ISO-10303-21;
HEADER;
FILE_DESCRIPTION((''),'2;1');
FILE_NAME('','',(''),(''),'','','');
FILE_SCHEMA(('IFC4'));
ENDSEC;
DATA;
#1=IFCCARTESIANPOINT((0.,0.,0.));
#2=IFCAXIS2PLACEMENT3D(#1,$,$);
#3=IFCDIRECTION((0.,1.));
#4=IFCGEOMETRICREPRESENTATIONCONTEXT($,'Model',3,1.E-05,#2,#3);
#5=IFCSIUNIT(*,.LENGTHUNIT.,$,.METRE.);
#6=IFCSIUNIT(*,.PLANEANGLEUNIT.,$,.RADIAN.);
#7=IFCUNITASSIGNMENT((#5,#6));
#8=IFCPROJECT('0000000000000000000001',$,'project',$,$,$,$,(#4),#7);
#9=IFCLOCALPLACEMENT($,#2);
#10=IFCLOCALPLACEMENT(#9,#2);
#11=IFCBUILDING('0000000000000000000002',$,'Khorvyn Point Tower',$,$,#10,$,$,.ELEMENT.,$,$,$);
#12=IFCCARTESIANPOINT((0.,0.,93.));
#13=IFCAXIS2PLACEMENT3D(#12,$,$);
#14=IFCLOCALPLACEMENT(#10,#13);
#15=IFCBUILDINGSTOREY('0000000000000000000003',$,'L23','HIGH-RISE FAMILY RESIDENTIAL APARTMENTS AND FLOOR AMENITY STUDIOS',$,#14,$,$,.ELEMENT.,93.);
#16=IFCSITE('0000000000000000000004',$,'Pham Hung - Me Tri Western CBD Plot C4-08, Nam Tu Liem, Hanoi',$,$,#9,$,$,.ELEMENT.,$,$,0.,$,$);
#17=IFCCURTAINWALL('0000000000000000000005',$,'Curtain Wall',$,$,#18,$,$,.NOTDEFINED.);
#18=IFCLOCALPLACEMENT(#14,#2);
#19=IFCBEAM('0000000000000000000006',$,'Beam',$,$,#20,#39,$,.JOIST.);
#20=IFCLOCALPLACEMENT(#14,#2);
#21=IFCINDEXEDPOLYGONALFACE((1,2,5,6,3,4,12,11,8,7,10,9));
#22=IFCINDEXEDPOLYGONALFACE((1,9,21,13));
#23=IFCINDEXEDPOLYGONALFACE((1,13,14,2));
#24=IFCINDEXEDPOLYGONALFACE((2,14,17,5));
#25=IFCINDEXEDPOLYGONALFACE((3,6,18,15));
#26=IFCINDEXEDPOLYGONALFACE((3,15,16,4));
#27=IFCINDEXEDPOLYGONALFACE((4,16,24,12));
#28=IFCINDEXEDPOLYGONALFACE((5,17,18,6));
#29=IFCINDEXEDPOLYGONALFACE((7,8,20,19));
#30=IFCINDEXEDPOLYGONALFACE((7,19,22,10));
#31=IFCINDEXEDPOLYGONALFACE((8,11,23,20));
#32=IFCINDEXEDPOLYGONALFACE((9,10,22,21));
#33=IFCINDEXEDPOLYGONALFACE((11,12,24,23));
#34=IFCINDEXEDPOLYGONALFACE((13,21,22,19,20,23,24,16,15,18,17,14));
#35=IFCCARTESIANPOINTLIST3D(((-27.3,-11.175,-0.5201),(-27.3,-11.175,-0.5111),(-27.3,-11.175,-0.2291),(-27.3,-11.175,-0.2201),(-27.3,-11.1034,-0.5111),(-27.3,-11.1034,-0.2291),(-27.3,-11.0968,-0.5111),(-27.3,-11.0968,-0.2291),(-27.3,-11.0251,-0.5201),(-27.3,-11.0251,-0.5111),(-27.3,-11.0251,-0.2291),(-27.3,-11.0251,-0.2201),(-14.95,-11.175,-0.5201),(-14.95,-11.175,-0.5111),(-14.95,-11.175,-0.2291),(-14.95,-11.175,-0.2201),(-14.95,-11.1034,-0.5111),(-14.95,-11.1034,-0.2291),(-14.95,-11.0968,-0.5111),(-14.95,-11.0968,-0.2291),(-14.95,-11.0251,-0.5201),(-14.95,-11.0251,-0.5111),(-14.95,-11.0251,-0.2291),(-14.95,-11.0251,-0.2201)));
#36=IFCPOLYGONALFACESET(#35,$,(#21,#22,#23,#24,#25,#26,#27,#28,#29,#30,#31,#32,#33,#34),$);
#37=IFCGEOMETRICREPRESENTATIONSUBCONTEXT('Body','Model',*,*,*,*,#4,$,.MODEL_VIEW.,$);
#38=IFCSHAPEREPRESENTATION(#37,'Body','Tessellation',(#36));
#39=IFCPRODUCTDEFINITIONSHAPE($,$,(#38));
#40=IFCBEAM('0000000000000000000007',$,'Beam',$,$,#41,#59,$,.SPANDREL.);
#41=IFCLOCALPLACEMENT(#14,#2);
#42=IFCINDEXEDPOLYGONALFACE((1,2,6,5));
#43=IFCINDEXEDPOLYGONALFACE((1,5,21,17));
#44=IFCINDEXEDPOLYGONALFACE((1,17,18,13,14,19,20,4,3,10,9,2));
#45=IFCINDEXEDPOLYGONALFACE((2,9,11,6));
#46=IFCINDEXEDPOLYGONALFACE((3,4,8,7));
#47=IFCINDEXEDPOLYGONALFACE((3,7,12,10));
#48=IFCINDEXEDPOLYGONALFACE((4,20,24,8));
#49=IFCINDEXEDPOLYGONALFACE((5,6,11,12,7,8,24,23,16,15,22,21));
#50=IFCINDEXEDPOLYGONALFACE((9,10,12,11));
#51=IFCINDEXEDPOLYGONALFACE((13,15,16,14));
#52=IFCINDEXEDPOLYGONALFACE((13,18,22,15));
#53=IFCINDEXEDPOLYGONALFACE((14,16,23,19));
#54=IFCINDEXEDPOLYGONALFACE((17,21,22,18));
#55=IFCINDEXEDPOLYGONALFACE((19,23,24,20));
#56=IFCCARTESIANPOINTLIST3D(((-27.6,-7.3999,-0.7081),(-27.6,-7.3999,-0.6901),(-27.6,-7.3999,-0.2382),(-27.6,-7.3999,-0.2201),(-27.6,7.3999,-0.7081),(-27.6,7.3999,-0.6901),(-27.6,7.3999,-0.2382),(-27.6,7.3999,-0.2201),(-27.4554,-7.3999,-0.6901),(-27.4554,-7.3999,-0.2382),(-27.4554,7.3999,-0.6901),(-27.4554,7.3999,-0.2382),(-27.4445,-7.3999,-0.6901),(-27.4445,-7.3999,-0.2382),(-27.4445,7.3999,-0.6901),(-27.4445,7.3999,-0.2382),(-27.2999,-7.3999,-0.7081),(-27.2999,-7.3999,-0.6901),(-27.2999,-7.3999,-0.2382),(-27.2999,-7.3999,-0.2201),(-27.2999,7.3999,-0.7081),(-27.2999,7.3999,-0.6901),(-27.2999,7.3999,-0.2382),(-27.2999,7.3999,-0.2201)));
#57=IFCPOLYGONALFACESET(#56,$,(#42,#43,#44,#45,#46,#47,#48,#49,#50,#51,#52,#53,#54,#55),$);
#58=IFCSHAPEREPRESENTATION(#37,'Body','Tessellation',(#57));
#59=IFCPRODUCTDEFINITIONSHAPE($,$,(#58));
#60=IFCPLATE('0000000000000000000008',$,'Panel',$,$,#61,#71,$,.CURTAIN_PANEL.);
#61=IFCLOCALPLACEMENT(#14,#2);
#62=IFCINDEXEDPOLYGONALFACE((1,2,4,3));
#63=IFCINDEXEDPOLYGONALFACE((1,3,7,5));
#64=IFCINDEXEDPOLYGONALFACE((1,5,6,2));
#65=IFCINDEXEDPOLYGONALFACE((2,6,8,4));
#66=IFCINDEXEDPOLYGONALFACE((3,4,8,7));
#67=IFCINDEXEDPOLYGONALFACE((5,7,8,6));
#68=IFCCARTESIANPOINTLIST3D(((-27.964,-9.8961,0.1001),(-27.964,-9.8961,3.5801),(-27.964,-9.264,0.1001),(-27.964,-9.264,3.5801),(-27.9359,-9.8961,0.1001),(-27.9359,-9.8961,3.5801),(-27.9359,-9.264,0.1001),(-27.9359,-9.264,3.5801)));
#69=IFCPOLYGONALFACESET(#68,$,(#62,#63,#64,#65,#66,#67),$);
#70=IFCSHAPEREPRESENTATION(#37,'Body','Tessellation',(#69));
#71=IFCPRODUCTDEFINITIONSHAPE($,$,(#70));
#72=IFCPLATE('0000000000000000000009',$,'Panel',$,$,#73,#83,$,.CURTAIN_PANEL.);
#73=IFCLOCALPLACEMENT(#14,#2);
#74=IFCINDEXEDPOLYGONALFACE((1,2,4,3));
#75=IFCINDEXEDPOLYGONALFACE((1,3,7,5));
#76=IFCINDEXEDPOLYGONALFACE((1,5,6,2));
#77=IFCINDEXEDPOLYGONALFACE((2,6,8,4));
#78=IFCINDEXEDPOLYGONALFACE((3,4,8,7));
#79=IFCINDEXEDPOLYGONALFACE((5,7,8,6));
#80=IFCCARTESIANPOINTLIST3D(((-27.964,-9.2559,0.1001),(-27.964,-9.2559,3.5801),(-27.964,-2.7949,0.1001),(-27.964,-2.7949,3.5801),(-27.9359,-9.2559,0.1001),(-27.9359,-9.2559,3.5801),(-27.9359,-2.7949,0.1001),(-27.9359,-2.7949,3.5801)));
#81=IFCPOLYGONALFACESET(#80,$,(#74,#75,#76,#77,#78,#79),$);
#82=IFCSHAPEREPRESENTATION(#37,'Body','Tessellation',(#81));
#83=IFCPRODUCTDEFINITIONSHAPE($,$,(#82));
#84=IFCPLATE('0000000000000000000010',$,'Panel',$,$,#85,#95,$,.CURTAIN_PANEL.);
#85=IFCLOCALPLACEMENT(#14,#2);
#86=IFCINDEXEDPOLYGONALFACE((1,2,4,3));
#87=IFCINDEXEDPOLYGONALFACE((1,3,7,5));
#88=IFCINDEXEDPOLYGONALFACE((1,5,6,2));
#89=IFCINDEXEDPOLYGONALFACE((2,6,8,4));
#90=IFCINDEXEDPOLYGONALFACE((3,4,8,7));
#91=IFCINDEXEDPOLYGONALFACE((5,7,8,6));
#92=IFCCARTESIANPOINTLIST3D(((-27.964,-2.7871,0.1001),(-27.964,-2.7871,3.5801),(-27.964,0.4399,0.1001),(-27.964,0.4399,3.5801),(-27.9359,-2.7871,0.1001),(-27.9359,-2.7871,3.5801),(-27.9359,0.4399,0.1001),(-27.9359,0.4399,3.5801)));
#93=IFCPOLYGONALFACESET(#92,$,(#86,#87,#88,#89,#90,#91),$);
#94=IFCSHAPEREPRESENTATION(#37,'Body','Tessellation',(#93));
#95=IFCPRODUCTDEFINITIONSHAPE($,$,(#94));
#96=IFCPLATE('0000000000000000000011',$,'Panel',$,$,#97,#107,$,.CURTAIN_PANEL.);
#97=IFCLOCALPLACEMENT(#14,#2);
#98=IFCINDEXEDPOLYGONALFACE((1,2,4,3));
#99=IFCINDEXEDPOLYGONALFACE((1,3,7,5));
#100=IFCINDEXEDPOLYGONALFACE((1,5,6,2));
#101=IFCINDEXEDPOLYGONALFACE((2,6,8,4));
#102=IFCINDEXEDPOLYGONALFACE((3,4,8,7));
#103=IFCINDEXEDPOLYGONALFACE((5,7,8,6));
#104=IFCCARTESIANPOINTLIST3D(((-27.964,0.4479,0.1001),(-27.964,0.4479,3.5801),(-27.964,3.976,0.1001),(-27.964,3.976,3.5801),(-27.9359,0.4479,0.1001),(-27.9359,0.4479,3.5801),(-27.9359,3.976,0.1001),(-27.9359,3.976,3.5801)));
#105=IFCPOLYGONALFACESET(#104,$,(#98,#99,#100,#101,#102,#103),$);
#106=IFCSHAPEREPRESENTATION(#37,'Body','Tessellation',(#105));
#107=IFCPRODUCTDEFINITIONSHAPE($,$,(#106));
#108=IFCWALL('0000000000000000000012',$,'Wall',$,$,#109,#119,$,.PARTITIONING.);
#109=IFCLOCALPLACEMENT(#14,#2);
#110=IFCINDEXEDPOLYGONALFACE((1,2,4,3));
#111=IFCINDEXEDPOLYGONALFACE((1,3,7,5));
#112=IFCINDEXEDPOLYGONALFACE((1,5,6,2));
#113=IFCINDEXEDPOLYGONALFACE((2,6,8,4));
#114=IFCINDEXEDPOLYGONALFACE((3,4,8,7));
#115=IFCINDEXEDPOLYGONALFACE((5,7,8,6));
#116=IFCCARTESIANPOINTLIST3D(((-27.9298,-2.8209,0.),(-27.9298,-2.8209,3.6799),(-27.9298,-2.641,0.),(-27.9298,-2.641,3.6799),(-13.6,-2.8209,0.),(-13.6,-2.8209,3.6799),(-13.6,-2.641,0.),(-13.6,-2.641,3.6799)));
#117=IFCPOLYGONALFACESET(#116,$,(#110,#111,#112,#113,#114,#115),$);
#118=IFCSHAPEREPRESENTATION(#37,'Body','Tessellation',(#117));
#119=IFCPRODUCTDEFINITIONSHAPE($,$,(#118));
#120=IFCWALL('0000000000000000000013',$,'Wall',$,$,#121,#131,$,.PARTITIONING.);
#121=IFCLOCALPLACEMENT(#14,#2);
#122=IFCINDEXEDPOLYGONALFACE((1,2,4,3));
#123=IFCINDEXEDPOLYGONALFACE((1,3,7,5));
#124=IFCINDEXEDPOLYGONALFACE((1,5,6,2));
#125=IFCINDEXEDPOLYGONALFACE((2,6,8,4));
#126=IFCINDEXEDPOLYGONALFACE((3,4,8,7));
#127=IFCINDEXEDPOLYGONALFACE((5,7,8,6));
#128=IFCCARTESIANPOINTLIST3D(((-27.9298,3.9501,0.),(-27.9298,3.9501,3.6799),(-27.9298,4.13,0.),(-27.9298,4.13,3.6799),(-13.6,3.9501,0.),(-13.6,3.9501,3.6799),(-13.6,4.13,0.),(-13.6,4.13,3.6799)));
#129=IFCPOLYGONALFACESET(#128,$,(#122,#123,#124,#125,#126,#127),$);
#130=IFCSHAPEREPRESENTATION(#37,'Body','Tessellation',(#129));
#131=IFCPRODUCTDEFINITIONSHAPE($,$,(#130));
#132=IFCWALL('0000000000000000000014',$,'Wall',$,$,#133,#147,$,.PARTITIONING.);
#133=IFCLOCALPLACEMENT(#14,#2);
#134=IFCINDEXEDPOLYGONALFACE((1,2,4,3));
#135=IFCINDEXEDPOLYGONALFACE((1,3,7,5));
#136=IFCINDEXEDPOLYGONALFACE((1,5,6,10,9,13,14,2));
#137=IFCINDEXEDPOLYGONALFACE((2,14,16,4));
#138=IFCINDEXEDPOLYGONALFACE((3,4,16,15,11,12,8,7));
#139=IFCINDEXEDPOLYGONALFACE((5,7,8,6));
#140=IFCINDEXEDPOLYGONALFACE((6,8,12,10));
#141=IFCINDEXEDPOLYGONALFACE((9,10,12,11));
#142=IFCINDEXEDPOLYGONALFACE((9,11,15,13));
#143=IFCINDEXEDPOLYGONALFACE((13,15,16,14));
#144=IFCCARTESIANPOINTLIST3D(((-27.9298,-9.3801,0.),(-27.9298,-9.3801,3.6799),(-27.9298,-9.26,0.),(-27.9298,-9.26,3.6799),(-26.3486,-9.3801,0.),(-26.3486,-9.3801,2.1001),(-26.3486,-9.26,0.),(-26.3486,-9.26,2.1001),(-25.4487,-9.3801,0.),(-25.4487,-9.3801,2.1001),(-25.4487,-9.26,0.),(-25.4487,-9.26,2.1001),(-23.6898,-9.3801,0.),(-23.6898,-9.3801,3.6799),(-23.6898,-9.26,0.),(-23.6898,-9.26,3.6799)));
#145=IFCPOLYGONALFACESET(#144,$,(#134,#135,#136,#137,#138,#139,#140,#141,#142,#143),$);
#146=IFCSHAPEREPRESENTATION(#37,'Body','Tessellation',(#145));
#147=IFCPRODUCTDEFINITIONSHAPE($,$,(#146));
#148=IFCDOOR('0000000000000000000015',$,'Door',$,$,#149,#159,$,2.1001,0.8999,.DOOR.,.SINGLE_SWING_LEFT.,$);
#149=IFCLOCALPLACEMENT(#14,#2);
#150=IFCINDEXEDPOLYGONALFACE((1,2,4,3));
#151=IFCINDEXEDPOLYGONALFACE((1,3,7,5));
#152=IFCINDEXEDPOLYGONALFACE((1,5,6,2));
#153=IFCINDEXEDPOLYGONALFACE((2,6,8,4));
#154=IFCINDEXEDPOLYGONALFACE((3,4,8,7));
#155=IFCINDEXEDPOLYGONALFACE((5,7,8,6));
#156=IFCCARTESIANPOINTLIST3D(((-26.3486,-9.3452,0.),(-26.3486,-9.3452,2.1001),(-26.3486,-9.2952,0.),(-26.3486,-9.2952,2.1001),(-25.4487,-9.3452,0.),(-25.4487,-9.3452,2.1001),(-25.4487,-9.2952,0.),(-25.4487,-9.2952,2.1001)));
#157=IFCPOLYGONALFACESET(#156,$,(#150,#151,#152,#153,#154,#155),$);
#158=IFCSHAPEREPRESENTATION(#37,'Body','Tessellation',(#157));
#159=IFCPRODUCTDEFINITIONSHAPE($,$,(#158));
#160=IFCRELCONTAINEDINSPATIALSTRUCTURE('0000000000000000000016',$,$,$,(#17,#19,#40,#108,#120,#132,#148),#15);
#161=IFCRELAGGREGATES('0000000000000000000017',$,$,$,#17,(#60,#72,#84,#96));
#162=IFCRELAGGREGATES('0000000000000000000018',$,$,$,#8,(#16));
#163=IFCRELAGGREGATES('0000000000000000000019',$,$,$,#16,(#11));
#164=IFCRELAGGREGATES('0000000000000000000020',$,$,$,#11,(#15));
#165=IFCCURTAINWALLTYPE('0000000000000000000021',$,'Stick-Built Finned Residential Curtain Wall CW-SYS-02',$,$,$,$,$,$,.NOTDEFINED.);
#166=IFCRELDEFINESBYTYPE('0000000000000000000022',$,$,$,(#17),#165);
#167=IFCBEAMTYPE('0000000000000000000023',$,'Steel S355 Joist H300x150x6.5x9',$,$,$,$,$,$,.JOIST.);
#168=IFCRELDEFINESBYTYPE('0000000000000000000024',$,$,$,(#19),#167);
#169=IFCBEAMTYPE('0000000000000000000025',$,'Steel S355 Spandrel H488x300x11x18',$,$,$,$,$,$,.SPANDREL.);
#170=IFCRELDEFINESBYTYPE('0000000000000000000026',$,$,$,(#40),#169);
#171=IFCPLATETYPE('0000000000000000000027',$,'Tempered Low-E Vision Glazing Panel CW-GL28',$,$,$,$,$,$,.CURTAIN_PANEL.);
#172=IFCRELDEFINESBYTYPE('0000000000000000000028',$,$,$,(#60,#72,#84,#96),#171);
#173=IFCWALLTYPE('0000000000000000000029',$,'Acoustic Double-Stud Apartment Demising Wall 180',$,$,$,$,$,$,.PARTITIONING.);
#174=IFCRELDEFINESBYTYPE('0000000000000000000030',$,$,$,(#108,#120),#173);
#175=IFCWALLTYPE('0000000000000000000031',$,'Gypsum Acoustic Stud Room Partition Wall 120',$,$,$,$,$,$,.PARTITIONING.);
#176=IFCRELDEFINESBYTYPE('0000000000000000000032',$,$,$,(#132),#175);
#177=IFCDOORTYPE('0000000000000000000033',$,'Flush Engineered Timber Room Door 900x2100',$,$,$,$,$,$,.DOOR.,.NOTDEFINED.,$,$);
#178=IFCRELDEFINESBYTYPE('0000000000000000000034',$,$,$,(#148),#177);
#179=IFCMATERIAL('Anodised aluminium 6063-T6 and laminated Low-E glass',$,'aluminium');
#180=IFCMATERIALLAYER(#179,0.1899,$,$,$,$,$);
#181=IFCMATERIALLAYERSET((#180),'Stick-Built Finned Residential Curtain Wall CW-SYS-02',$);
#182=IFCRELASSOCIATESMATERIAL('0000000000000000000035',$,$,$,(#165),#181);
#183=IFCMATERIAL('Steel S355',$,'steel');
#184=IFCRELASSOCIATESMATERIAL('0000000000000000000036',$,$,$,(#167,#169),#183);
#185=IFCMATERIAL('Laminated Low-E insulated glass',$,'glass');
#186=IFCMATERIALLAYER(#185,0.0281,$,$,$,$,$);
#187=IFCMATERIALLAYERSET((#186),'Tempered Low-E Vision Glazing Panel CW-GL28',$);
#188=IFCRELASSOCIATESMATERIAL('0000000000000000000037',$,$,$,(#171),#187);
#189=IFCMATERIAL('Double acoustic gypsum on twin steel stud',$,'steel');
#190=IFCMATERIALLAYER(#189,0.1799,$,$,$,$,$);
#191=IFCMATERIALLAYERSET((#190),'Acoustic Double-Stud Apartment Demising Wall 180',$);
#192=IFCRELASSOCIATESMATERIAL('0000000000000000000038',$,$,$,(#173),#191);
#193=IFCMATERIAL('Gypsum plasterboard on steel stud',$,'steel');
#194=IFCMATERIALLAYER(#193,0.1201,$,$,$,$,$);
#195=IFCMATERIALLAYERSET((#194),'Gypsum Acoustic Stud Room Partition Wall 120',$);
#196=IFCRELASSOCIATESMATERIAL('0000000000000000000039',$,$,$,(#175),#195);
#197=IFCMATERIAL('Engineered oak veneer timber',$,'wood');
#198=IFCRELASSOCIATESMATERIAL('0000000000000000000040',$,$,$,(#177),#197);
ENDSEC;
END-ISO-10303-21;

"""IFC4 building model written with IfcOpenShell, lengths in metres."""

from ifc_helpers import new_model, si_unit, direction, frame, frame_2d, origin, origin_2d, place, context, subcontext, project, spatial, rectangle, i_section, extrude, material, layer, layer_set, material_profile, profile_set, type_object, element, fill, aggregate, save


model = new_model("IFC4")

# Units and contexts
model_context = context("Model", 3, precision=1e-05, world=origin(), true_north=direction((0.0, 1.0)))
body_context = subcontext(model_context, "Body", "Model", "MODEL_VIEW")
ifc_project = project(units=[si_unit("LENGTHUNIT", "METRE"), si_unit("PLANEANGLEUNIT", "RADIAN")], contexts=[model_context])

# Site, building, storey
site_placement = place(None, origin())
site = spatial("IfcSite", under=ifc_project, at=site_placement, Name="Pham Hung - Me Tri Western CBD Plot C4-08, Nam Tu Liem, Hanoi", CompositionType="ELEMENT", RefElevation=0.0)
building_placement = place(site_placement, origin())
building = spatial("IfcBuilding", under=site, at=building_placement, Name="Khorvyn Point Tower", CompositionType="ELEMENT")
storey_placement = place(building_placement, frame((0.0, 0.0, 93.0)))
storey = spatial("IfcBuildingStorey", under=building, at=storey_placement, Name="L23", Description="HIGH-RISE FAMILY RESIDENTIAL APARTMENTS AND FLOOR AMENITY STUDIOS", CompositionType="ELEMENT", Elevation=93.0)

# Shared definitions
ifc_material_1 = material(Name="Anodised aluminium 6063-T6 and laminated Low-E glass", Category="aluminium")
ifc_layer_1 = layer(ifc_material_1, 0.1899)
ifc_layer_set_1 = layer_set([ifc_layer_1], Name="Stick-Built Finned Residential Curtain Wall CW-SYS-02")
curtain_wall_type = type_object("IfcCurtainWallType", Name="Stick-Built Finned Residential Curtain Wall CW-SYS-02", PredefinedType="NOTDEFINED", material=ifc_layer_set_1)

# Curtain wall
curtain_wall_1_placement = place(storey_placement, origin())
curtain_wall_1 = element("IfcCurtainWall", 1, at=curtain_wall_1_placement, inside=storey, type_object=curtain_wall_type, Name="Curtain Wall", PredefinedType="NOTDEFINED")

# Beams
ifc_material_2 = material(Name="Steel S355", Category="steel")
ifc_material_profile_1 = material_profile(ifc_material_2, i_section(OverallWidth=0.1499, OverallDepth=0.3, WebThickness=0.0066, FlangeThickness=0.009, at=origin_2d()))
ifc_profile_set_1 = profile_set([ifc_material_profile_1], Name="Steel S355 H300x150x6.5x9")
beam_type_1 = type_object("IfcBeamType", Name="Steel S355 Joist H300x150x6.5x9", PredefinedType="JOIST", material=ifc_profile_set_1)
beam_1_placement = place(storey_placement, frame((-27.3, -11.1001, -0.3701), z_axis=(1.0, 0.0, 0.0), x_axis=(0.0, 1.0, 0.0)))
element("IfcBeam", 2, at=beam_1_placement, inside=storey, type_object=beam_type_1, Name="Beam", PredefinedType="JOIST", context=body_context, shape_type="SweptSolid", body=[
    extrude(i_section(OverallWidth=0.1499, OverallDepth=0.3, WebThickness=0.0066, FlangeThickness=0.009, at=origin_2d()), origin(), (0.0, 0.0, 1.0), 12.3501),
])
ifc_material_profile_2 = material_profile(ifc_material_2, i_section(OverallWidth=0.3, OverallDepth=0.488, WebThickness=0.011, FlangeThickness=0.0181, at=origin_2d()))
ifc_profile_set_2 = profile_set([ifc_material_profile_2], Name="Steel S355 H488x300x11x18")
beam_type_2 = type_object("IfcBeamType", Name="Steel S355 Spandrel H488x300x11x18", PredefinedType="SPANDREL", material=ifc_profile_set_2)
beam_2_placement = place(storey_placement, frame((-27.45, -7.3999, -0.4641), z_axis=(0.0, 1.0, 0.0), x_axis=(-1.0, 0.0, 0.0)))
element("IfcBeam", 3, at=beam_2_placement, inside=storey, type_object=beam_type_2, Name="Beam", PredefinedType="SPANDREL", context=body_context, shape_type="SweptSolid", body=[
    extrude(i_section(OverallWidth=0.3, OverallDepth=0.488, WebThickness=0.011, FlangeThickness=0.0181, at=origin_2d()), origin(), (0.0, 0.0, 1.0), 14.7998),
])

# Plates
ifc_material_3 = material(Name="Laminated Low-E insulated glass", Category="glass")
ifc_layer_2 = layer(ifc_material_3, 0.0281)
ifc_layer_set_2 = layer_set([ifc_layer_2], Name="Tempered Low-E Vision Glazing Panel CW-GL28")
plate_type = type_object("IfcPlateType", Name="Tempered Low-E Vision Glazing Panel CW-GL28", PredefinedType="CURTAIN_PANEL", material=ifc_layer_set_2)
plate_1_placement = place(storey_placement, frame((-27.95, -9.5801, 0.1001), z_axis=(0.0, 0.0, 1.0), x_axis=(0.0, 1.0, 0.0)))
plate_1 = element("IfcPlate", 4, at=plate_1_placement, type_object=plate_type, Name="Panel", PredefinedType="CURTAIN_PANEL", context=body_context, shape_type="SweptSolid", body=[
    extrude(rectangle(XDim=0.6321, YDim=0.0281, at=origin_2d()), origin(), (0.0, 0.0, 1.0), 3.48),
])
plate_2_placement = place(storey_placement, frame((-27.95, -6.0254, 0.1001), z_axis=(0.0, 0.0, 1.0), x_axis=(0.0, 1.0, 0.0)))
plate_2 = element("IfcPlate", 5, at=plate_2_placement, type_object=plate_type, Name="Panel", PredefinedType="CURTAIN_PANEL", context=body_context, shape_type="SweptSolid", body=[
    extrude(rectangle(XDim=6.4609, YDim=0.0281, at=origin_2d()), origin(), (0.0, 0.0, 1.0), 3.48),
])
plate_3_placement = place(storey_placement, frame((-27.95, -1.1736, 0.1001), z_axis=(0.0, 0.0, 1.0), x_axis=(0.0, 1.0, 0.0)))
plate_3 = element("IfcPlate", 6, at=plate_3_placement, type_object=plate_type, Name="Panel", PredefinedType="CURTAIN_PANEL", context=body_context, shape_type="SweptSolid", body=[
    extrude(rectangle(XDim=3.2271, YDim=0.0281, at=origin_2d()), origin(), (0.0, 0.0, 1.0), 3.48),
])
plate_4_placement = place(storey_placement, frame((-27.95, 2.2119, 0.1001), z_axis=(0.0, 0.0, 1.0), x_axis=(0.0, 1.0, 0.0)))
plate_4 = element("IfcPlate", 7, at=plate_4_placement, type_object=plate_type, Name="Panel", PredefinedType="CURTAIN_PANEL", context=body_context, shape_type="SweptSolid", body=[
    extrude(rectangle(XDim=3.5281, YDim=0.0281, at=origin_2d()), origin(), (0.0, 0.0, 1.0), 3.48),
])
aggregate(curtain_wall_1, [plate_1, plate_2, plate_3, plate_4])

# Walls
ifc_material_4 = material(Name="Double acoustic gypsum on twin steel stud", Category="steel")
ifc_layer_3 = layer(ifc_material_4, 0.1799)
ifc_layer_set_3 = layer_set([ifc_layer_3], Name="Acoustic Double-Stud Apartment Demising Wall 180")
wall_type_1 = type_object("IfcWallType", Name="Acoustic Double-Stud Apartment Demising Wall 180", PredefinedType="PARTITIONING", material=ifc_layer_set_3)
for number, where, z_axis, x_axis, name in (
    (8, (-27.9299, -2.731, 0.0), (0.0, 0.0, 1.0), (1.0, 0.0, 0.0), "Wall"),
    (9, (-27.9299, 4.04, 0.0), (0.0, 0.0, 1.0), (1.0, 0.0, 0.0), "Wall"),
):
    element("IfcWall", number, at=place(storey_placement, frame(where, z_axis=z_axis, x_axis=x_axis)), inside=storey, type_object=wall_type_1, Name=name, PredefinedType="PARTITIONING", context=body_context, shape_type="SweptSolid", body=[
        extrude(rectangle(XDim=14.3298, YDim=0.1799, at=frame_2d((7.165, 0.0))), origin(), (0.0, 0.0, 1.0), 3.6799),
    ])

# Wall, opening, door
ifc_material_5 = material(Name="Gypsum plasterboard on steel stud", Category="steel")
ifc_layer_4 = layer(ifc_material_5, 0.1201)
ifc_layer_set_4 = layer_set([ifc_layer_4], Name="Gypsum Acoustic Stud Room Partition Wall 120")
wall_type_2 = type_object("IfcWallType", Name="Gypsum Acoustic Stud Room Partition Wall 120", PredefinedType="PARTITIONING", material=ifc_layer_set_4)
wall_1_placement = place(storey_placement, frame((-27.9299, -9.3201, 0.0), z_axis=(0.0, 0.0, 1.0), x_axis=(1.0, 0.0, 0.0)))
wall_1 = element("IfcWall", 10, at=wall_1_placement, inside=storey, type_object=wall_type_2, Name="Wall", PredefinedType="PARTITIONING", context=body_context, shape_type="SweptSolid", body=[
    extrude(rectangle(XDim=4.24, YDim=0.1201, at=frame_2d((2.1201, 0.0))), origin(), (0.0, 0.0, 1.0), 3.6799),
])
opening_1_placement = place(wall_1_placement, frame((1.5813, 0.0, 0.0)))
opening_1 = element("IfcOpeningElement", 11, at=opening_1_placement, cuts=wall_1, PredefinedType="OPENING", context=body_context, shape_type="SweptSolid", body=[
    extrude(rectangle(XDim=0.8999, YDim=2.1001, at=frame_2d((0.45, 1.05))), frame((0.0, 0.0701, 0.0), z_axis=(0.0, -1.0, 0.0), x_axis=(1.0, 0.0, 0.0)), (0.0, 0.0, 1.0), 0.1401),
])
ifc_material_6 = material(Name="Engineered oak veneer timber", Category="wood")
door_type_1 = type_object("IfcDoorType", Name="Flush Engineered Timber Room Door 900x2100", OperationType="NOTDEFINED", PredefinedType="DOOR", material=ifc_material_6)
door_1_placement = place(opening_1_placement, origin())
door_1 = element("IfcDoor", 12, at=door_1_placement, inside=storey, type_object=door_type_1, Name="Door", OperationType="SINGLE_SWING_LEFT", OverallHeight=2.1001, OverallWidth=0.8999, PredefinedType="DOOR", context=body_context, shape_type="SweptSolid", body=[
    extrude(rectangle(XDim=0.8999, YDim=2.1001, at=frame_2d((0.45, 1.05))), frame((0.0, 0.0249, 0.0), z_axis=(0.0, -1.0, 0.0), x_axis=(1.0, 0.0, 0.0)), (0.0, 0.0, 1.0), 0.05),
])
fill(opening_1, door_1)

save(model, "model.ifc")
